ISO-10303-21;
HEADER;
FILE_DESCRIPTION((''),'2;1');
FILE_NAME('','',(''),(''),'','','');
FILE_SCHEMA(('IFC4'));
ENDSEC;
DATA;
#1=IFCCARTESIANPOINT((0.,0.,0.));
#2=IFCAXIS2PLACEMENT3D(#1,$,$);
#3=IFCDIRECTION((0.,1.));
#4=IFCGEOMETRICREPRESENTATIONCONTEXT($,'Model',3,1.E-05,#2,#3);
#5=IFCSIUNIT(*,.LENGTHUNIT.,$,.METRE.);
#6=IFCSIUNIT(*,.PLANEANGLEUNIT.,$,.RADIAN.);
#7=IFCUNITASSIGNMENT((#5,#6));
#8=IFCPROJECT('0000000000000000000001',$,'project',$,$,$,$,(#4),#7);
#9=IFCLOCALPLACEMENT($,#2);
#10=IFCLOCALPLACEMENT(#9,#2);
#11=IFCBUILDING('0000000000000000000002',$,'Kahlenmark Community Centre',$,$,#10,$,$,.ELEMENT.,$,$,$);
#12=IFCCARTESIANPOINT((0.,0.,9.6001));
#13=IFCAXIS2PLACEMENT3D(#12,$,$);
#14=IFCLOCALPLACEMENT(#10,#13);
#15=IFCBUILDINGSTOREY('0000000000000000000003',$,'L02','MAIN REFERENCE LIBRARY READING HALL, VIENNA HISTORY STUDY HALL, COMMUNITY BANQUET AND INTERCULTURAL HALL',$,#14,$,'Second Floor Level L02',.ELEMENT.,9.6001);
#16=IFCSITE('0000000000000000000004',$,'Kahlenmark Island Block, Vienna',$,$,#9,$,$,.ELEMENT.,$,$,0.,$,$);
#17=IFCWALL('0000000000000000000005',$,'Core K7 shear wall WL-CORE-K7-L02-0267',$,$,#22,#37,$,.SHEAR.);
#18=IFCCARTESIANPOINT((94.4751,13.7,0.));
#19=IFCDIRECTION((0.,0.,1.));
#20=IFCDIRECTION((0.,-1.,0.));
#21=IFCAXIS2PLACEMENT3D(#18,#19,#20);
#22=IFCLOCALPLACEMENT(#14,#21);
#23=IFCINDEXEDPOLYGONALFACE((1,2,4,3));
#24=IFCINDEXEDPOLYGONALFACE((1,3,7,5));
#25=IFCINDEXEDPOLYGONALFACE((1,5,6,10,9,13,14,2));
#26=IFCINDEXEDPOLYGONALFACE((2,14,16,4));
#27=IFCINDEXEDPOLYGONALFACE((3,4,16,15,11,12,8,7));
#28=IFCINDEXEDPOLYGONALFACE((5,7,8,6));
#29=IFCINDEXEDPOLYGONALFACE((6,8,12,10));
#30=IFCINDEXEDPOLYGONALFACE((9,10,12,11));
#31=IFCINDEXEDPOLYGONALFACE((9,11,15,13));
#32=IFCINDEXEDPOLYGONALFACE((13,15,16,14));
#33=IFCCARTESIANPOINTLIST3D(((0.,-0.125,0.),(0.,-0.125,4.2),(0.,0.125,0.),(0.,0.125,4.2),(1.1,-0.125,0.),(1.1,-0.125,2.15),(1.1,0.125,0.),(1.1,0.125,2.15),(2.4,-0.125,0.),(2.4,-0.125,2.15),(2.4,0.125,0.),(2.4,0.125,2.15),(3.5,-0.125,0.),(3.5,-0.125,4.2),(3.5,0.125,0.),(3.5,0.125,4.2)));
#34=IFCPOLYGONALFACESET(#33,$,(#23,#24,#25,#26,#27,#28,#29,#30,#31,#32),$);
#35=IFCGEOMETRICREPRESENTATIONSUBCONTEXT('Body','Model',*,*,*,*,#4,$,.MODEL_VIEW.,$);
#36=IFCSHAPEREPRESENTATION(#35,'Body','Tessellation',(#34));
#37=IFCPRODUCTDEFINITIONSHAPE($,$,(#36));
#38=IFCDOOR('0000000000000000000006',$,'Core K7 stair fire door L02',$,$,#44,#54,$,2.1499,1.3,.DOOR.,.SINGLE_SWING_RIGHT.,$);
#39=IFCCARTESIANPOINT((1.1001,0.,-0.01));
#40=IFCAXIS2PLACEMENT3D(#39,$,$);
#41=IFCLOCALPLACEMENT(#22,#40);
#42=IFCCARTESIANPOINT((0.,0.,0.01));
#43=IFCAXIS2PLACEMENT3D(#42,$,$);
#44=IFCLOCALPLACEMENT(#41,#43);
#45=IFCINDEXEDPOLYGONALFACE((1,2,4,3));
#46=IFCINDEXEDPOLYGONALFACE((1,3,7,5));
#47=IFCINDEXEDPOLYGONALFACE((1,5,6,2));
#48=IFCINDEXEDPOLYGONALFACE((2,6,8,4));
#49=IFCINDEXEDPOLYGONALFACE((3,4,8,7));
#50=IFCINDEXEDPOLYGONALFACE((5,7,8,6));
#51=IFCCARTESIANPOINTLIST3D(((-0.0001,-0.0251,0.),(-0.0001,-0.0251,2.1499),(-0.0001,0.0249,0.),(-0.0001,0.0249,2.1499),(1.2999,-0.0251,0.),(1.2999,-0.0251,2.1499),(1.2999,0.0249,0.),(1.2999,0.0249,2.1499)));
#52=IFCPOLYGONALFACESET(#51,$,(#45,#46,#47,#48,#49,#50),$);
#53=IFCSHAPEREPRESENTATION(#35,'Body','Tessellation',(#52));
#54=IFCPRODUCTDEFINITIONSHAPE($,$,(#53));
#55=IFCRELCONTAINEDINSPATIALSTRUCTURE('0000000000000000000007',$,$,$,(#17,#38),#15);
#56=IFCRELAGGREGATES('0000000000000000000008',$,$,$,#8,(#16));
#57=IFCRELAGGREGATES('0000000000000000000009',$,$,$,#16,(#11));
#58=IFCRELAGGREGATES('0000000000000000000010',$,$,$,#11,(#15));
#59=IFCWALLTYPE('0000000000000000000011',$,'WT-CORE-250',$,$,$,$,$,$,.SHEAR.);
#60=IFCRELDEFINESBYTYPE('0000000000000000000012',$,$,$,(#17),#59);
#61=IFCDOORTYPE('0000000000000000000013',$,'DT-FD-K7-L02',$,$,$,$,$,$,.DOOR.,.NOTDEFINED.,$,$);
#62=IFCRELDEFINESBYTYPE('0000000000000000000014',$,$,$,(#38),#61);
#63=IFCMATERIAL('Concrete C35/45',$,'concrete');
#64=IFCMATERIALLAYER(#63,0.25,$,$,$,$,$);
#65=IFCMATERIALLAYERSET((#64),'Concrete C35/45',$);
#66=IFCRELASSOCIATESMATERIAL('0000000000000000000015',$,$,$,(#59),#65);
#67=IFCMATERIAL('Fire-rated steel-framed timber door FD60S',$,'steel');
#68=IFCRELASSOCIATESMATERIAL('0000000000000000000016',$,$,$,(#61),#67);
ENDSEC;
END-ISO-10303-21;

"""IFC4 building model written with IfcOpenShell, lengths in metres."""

from ifc_helpers import new_model, si_unit, direction, frame, frame_2d, origin, place, context, subcontext, project, spatial, rectangle, extrude, material, layer, layer_set, type_object, element, fill, save


model = new_model("IFC4")

# Units and contexts
model_context = context("Model", 3, precision=1e-05, world=origin(), true_north=direction((0.0, 1.0)))
body_context = subcontext(model_context, "Body", "Model", "MODEL_VIEW")
ifc_project = project(units=[si_unit("LENGTHUNIT", "METRE"), si_unit("PLANEANGLEUNIT", "RADIAN")], contexts=[model_context])

# Site, building, storey
site_placement = place(None, origin())
site = spatial("IfcSite", under=ifc_project, at=site_placement, Name="Kahlenmark Island Block, Vienna", CompositionType="ELEMENT", RefElevation=0.0)
building_placement = place(site_placement, origin())
building = spatial("IfcBuilding", under=site, at=building_placement, Name="Kahlenmark Community Centre", CompositionType="ELEMENT")
storey_placement = place(building_placement, frame((0.0, 0.0, 9.6001)))
storey = spatial("IfcBuildingStorey", under=building, at=storey_placement, Name="L02", Description="MAIN REFERENCE LIBRARY READING HALL, VIENNA HISTORY STUDY HALL, COMMUNITY BANQUET AND INTERCULTURAL HALL", LongName="Second Floor Level L02", CompositionType="ELEMENT", Elevation=9.6001)

# Wall, opening, door
ifc_material_1 = material(Name="Concrete C35/45", Category="concrete")
ifc_layer_1 = layer(ifc_material_1, 0.25)
ifc_layer_set_1 = layer_set([ifc_layer_1], Name="Concrete C35/45")
wall_type_1 = type_object("IfcWallType", Name="WT-CORE-250", PredefinedType="SHEAR", material=ifc_layer_set_1)
wall_1_placement = place(storey_placement, frame((94.4751, 13.7, 0.0), z_axis=(0.0, 0.0, 1.0), x_axis=(0.0, -1.0, 0.0)))
wall_1 = element("IfcWall", 1, at=wall_1_placement, inside=storey, type_object=wall_type_1, Name="Core K7 shear wall WL-CORE-K7-L02-0267", PredefinedType="SHEAR", context=body_context, shape_type="SweptSolid", body=[
    extrude(rectangle(XDim=3.5, YDim=0.25, at=frame_2d((1.75, 0.0))), origin(), (0.0, 0.0, 1.0), 4.2),
])
opening_placement = place(wall_1_placement, frame((1.1001, 0.0, -0.01)))
opening = element("IfcOpeningElement", 2, at=opening_placement, cuts=wall_1, PredefinedType="OPENING", context=body_context, shape_type="SweptSolid", body=[
    extrude(rectangle(XDim=1.3, YDim=2.1599, at=frame_2d((0.6499, 1.0801))), frame((0.0, 0.135, 0.0), z_axis=(0.0, -1.0, 0.0), x_axis=(1.0, 0.0, 0.0)), (0.0, 0.0, 1.0), 0.27),
])
ifc_material_2 = material(Name="Fire-rated steel-framed timber door FD60S", Category="steel")
door_type = type_object("IfcDoorType", Name="DT-FD-K7-L02", OperationType="NOTDEFINED", PredefinedType="DOOR", material=ifc_material_2)
door_placement = place(opening_placement, frame((0.0, 0.0, 0.01)))
door = element("IfcDoor", 3, at=door_placement, inside=storey, type_object=door_type, Name="Core K7 stair fire door L02", OperationType="SINGLE_SWING_RIGHT", OverallHeight=2.1499, OverallWidth=1.3, PredefinedType="DOOR", context=body_context, shape_type="SweptSolid", body=[
    extrude(rectangle(XDim=1.3, YDim=2.1499, at=frame_2d((0.6499, 1.075))), frame((0.0, 0.0249, 0.0), z_axis=(0.0, -1.0, 0.0), x_axis=(1.0, 0.0, 0.0)), (0.0, 0.0, 1.0), 0.05),
])
fill(opening, door)

save(model, "model.ifc")
